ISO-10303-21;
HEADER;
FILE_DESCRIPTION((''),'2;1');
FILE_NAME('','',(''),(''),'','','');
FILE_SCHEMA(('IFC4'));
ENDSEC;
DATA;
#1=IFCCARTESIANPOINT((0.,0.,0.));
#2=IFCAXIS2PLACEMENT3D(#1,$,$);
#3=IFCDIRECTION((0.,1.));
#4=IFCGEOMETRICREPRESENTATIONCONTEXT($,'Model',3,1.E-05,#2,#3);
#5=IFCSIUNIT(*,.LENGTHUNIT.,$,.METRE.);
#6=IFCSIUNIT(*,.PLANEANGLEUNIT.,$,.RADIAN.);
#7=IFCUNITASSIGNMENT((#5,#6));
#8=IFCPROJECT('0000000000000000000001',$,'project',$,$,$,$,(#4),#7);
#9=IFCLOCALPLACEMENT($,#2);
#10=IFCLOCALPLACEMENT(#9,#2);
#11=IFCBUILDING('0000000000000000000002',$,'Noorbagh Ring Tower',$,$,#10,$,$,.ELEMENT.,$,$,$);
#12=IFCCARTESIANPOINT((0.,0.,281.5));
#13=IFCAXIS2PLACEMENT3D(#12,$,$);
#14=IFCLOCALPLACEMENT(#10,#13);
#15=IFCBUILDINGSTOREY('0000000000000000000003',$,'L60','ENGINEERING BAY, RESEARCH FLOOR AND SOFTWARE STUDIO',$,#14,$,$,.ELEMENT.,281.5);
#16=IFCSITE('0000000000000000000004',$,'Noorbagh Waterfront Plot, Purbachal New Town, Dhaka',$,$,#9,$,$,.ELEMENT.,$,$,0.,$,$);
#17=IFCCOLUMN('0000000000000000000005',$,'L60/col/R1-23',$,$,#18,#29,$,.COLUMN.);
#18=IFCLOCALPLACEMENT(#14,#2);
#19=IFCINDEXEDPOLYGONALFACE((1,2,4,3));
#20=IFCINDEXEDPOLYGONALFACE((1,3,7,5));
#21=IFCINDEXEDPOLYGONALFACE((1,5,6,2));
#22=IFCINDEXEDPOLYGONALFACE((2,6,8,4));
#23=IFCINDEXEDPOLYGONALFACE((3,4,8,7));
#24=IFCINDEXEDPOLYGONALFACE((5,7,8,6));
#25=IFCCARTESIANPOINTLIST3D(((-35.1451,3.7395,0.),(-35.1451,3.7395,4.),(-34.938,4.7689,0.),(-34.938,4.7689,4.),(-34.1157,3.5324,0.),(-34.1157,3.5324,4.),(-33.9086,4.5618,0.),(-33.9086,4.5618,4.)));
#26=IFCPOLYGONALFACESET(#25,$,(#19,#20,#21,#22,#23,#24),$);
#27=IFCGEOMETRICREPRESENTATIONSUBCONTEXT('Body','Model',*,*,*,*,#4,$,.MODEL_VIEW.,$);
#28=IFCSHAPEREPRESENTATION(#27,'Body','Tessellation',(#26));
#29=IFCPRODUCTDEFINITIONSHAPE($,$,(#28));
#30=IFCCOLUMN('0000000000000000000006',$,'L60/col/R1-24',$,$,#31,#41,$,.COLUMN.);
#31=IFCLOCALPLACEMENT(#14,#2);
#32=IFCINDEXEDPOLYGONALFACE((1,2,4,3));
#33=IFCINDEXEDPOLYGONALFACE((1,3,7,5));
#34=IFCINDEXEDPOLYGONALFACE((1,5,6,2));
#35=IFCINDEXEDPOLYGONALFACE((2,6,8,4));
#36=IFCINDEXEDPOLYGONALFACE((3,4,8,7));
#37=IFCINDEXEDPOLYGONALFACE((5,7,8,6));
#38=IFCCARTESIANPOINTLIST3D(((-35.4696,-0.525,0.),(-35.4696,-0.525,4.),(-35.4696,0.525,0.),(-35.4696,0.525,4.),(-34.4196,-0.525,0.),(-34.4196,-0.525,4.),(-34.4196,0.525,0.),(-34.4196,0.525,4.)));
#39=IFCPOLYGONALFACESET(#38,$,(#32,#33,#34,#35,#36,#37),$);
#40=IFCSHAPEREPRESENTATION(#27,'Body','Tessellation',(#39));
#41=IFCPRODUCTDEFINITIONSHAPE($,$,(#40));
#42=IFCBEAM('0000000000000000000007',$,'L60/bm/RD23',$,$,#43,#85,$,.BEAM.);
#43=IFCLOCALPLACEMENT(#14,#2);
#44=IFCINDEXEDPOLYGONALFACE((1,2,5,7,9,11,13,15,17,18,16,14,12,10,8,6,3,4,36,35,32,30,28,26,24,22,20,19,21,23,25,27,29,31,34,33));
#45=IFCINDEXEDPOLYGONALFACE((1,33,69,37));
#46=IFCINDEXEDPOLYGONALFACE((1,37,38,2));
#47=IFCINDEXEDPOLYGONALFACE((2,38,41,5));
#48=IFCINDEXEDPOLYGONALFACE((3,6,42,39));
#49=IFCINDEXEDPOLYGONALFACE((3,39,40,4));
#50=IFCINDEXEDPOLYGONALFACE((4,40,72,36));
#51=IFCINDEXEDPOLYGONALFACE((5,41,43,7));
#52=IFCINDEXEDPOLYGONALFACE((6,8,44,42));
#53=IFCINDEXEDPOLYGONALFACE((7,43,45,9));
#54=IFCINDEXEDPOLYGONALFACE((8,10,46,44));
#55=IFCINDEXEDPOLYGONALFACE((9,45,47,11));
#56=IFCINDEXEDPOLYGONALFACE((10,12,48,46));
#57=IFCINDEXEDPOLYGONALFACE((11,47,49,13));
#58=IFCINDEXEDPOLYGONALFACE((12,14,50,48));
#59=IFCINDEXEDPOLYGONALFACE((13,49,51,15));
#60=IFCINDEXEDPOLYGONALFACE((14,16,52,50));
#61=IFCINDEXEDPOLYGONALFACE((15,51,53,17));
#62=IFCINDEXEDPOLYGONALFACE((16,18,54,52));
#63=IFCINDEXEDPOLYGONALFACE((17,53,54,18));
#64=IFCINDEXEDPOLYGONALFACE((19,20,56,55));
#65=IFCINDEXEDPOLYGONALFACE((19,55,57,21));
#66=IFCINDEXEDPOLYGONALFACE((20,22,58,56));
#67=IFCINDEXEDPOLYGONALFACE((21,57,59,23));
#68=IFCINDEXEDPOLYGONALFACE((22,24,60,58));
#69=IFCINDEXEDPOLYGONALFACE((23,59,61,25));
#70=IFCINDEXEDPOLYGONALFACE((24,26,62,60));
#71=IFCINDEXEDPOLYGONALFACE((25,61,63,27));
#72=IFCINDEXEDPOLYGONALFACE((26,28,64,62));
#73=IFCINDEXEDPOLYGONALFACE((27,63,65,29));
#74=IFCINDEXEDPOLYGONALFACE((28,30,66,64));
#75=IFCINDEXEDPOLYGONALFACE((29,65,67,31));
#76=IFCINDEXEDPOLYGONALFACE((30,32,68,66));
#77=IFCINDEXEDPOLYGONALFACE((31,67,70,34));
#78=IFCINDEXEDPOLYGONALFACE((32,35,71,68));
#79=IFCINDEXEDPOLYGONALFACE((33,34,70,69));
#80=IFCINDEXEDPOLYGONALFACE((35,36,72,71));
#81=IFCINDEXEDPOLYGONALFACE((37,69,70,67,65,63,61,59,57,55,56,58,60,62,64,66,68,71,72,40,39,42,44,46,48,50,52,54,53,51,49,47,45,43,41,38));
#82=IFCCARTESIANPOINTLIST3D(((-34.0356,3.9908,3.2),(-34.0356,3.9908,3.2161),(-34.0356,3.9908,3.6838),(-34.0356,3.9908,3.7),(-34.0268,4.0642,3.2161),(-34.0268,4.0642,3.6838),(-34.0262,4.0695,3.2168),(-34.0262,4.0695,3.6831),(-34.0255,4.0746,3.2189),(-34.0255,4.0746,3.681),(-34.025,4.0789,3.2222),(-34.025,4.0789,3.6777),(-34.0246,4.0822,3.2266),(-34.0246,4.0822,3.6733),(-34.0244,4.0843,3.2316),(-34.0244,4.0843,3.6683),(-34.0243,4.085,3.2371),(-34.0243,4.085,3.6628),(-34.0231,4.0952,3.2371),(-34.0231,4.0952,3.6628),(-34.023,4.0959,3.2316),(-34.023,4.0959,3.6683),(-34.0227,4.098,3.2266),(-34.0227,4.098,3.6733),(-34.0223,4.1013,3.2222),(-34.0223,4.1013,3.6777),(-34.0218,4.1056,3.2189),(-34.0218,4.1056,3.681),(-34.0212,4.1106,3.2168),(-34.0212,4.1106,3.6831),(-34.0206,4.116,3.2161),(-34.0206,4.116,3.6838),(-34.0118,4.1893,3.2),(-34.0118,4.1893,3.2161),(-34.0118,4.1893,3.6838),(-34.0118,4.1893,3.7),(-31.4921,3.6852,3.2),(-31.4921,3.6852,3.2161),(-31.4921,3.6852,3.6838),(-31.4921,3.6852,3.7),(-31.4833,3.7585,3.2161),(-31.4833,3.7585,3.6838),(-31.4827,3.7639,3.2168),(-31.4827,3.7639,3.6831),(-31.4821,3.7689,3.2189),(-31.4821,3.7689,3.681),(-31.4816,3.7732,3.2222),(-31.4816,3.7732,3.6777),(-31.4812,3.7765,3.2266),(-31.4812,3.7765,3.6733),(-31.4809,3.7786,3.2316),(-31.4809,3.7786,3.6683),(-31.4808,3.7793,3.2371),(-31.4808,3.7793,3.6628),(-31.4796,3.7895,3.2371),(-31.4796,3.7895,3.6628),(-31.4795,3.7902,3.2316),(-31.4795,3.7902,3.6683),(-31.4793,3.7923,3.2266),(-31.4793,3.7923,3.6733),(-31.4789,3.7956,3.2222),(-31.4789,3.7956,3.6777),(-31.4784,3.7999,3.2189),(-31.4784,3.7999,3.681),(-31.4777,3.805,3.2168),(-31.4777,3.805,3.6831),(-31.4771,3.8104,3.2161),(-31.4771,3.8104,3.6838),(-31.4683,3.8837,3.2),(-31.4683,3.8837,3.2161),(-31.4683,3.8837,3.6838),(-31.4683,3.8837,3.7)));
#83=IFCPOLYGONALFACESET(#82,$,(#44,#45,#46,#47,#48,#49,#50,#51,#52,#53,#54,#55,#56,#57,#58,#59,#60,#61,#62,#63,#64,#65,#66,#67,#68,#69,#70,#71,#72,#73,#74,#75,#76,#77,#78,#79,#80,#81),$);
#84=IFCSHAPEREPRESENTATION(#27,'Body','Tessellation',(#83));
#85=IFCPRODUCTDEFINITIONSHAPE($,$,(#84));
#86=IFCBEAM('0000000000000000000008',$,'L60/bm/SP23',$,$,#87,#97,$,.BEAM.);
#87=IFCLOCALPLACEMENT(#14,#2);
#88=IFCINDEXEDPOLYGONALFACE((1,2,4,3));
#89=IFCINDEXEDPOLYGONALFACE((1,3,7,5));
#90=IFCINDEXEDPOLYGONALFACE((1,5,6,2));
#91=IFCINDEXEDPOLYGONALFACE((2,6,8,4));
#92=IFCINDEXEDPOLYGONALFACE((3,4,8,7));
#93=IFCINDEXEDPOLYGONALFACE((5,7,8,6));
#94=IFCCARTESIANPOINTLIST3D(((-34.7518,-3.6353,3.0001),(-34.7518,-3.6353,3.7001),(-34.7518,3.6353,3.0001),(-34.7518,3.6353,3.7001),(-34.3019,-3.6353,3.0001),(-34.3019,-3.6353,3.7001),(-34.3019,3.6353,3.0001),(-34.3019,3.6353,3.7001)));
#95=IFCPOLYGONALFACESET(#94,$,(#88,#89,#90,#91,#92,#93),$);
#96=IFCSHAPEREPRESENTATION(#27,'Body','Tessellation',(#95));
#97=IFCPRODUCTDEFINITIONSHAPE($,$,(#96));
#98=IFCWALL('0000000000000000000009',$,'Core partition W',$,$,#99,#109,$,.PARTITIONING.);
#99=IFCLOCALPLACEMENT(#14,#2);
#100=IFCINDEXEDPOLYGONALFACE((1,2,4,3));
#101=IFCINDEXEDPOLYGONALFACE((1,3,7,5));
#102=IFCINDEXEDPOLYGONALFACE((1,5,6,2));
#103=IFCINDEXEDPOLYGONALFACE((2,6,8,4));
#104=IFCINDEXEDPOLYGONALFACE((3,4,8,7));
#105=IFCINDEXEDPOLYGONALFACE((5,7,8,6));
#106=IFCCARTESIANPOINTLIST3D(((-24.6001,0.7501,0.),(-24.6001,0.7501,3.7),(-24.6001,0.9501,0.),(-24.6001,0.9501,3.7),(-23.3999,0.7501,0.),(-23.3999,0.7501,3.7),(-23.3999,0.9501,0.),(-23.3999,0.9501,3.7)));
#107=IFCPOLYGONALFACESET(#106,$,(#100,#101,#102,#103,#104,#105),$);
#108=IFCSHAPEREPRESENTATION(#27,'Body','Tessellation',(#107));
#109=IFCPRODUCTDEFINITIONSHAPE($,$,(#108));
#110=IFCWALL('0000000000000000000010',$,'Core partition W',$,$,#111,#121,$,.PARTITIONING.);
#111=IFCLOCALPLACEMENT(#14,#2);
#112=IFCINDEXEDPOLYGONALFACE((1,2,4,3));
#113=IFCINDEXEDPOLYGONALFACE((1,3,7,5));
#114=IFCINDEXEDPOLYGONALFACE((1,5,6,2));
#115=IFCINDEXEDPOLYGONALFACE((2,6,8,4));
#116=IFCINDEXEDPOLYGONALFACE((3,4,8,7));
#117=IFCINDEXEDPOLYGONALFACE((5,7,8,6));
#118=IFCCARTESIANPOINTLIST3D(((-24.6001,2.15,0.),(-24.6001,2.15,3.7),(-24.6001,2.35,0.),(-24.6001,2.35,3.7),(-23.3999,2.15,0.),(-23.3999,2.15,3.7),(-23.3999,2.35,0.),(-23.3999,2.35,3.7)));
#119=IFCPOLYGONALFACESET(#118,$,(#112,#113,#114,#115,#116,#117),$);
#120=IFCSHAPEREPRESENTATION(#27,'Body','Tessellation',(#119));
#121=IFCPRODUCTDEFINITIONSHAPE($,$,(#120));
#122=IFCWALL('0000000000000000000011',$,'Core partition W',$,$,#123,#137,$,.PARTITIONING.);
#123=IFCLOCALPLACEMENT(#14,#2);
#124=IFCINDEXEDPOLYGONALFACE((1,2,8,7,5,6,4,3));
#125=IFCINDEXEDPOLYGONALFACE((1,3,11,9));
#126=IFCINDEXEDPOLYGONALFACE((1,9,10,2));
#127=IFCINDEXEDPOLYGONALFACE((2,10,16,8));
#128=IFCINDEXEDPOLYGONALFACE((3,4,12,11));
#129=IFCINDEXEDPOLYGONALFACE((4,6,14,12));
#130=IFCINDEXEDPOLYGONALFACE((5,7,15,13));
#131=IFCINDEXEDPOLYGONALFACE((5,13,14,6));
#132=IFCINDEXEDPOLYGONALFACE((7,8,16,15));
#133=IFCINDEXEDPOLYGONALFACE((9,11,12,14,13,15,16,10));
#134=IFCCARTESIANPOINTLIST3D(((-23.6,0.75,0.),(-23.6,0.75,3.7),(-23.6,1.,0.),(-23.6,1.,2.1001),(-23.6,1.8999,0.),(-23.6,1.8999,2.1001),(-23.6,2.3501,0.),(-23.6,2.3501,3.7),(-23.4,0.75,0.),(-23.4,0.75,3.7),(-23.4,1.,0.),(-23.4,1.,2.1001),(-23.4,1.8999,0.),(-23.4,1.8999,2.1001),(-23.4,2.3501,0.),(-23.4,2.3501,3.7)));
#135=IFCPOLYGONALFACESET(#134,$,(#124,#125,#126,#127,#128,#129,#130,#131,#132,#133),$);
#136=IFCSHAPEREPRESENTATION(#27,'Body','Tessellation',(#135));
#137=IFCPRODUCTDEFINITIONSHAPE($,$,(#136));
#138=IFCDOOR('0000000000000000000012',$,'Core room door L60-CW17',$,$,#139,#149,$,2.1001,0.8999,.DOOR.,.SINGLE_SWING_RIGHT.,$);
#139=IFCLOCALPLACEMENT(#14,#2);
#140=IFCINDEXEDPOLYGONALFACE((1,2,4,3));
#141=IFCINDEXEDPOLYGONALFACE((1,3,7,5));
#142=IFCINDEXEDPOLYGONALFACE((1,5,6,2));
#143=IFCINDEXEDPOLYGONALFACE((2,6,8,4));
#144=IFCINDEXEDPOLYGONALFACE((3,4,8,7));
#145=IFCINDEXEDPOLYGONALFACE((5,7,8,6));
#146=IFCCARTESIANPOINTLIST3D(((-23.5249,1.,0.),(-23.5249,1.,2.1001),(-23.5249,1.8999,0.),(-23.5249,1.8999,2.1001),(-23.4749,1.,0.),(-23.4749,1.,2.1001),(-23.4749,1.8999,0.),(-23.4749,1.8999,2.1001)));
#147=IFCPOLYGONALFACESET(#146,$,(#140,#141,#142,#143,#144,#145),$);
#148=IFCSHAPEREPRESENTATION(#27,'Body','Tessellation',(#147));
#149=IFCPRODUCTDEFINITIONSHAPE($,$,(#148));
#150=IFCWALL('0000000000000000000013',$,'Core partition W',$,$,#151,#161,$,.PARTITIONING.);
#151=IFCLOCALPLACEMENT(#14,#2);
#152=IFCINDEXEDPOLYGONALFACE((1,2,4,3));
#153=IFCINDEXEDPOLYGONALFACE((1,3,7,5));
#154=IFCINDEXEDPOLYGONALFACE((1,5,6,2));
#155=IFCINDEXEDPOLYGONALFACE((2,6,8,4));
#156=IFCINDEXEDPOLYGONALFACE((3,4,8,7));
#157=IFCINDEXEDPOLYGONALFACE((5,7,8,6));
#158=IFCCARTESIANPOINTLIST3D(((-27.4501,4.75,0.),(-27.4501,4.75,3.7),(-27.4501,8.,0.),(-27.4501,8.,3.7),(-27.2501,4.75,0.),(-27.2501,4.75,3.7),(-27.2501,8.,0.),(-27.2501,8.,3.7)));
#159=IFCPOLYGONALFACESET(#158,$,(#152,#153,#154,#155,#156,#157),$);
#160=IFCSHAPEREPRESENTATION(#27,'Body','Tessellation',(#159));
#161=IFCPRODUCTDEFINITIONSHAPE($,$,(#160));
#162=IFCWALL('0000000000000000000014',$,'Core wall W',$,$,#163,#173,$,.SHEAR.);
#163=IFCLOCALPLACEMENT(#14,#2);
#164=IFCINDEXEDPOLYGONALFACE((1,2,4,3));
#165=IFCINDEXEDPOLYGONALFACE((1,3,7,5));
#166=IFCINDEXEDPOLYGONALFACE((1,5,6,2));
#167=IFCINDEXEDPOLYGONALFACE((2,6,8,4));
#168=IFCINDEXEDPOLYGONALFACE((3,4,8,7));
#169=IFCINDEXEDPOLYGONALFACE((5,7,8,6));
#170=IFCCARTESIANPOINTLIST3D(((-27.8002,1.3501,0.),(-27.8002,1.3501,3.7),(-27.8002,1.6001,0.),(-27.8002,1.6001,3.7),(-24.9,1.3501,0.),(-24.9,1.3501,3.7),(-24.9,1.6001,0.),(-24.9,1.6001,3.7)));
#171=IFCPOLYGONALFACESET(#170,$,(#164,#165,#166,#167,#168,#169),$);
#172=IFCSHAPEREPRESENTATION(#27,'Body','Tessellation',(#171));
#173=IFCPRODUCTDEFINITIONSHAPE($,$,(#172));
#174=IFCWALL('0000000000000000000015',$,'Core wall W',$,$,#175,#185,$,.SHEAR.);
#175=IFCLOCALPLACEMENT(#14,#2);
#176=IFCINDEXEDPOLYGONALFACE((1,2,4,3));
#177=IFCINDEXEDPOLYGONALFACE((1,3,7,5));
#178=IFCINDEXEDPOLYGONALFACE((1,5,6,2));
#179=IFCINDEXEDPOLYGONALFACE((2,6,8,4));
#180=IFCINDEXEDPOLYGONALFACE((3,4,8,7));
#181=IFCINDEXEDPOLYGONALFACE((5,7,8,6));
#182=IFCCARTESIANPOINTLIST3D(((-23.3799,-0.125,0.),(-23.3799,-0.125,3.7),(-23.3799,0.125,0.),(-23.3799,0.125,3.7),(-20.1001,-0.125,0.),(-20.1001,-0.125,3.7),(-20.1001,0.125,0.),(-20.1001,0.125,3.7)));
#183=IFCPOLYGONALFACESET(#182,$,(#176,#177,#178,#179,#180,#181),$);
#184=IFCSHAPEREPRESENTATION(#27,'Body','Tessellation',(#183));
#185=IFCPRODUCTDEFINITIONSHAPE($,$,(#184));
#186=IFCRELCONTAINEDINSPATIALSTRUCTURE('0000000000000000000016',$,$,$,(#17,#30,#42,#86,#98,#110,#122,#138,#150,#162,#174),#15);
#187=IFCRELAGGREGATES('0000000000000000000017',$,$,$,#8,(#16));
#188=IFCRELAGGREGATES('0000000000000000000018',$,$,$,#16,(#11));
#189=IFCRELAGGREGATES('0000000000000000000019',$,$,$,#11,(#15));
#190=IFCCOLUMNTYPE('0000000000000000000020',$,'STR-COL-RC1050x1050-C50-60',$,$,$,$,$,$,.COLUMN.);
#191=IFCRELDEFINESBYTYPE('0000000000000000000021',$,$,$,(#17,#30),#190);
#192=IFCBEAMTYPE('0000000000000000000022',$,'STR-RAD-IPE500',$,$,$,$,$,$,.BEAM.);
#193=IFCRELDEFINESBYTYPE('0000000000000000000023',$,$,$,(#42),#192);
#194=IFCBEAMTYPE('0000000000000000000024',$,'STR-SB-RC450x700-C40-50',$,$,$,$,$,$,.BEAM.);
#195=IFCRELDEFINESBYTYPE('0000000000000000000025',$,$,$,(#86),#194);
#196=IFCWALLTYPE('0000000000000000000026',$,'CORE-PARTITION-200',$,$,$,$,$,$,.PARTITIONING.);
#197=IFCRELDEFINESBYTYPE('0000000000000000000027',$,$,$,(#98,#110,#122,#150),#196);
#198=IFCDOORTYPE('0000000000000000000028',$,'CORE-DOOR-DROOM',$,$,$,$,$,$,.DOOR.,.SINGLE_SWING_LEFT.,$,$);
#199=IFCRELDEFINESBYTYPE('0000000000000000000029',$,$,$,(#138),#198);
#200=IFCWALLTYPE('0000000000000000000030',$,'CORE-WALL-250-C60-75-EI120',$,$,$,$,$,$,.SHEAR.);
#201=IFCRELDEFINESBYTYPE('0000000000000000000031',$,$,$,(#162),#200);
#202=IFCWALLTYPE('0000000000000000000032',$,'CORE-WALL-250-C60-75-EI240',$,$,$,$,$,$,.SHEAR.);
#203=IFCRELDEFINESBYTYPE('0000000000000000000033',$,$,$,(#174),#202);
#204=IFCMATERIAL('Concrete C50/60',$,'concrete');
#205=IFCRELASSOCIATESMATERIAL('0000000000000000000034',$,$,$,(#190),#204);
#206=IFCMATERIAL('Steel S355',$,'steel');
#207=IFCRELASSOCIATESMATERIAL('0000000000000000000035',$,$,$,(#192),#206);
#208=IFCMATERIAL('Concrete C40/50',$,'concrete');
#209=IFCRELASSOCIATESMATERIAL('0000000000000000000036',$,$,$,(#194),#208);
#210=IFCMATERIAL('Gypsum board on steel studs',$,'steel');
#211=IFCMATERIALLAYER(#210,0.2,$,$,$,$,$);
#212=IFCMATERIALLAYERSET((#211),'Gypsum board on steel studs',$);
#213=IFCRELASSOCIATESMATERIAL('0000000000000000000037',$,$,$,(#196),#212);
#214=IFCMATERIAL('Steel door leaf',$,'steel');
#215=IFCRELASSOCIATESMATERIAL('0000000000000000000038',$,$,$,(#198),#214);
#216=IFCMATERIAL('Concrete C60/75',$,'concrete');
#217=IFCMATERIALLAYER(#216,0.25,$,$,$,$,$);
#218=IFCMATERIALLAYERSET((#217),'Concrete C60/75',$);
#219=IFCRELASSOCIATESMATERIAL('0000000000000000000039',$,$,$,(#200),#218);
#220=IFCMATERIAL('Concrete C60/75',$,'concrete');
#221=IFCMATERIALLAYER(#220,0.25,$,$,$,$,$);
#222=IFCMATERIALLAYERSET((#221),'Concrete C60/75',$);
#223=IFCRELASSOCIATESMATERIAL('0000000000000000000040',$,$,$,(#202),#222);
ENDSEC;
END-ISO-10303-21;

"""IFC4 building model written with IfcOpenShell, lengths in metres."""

from ifc_helpers import new_model, si_unit, direction, frame, frame_2d, origin, origin_2d, place, context, subcontext, project, spatial, rectangle, i_section, extrude, material, layer, layer_set, material_profile, profile_set, type_object, element, fill, save


model = new_model("IFC4")

# Units and contexts
model_context = context("Model", 3, precision=1e-05, world=origin(), true_north=direction((0.0, 1.0)))
body_context = subcontext(model_context, "Body", "Model", "MODEL_VIEW")
ifc_project = project(units=[si_unit("LENGTHUNIT", "METRE"), si_unit("PLANEANGLEUNIT", "RADIAN")], contexts=[model_context])

# Site, building, storey
site_placement = place(None, origin())
site = spatial("IfcSite", under=ifc_project, at=site_placement, Name="Noorbagh Waterfront Plot, Purbachal New Town, Dhaka", CompositionType="ELEMENT", RefElevation=0.0)
building_placement = place(site_placement, origin())
building = spatial("IfcBuilding", under=site, at=building_placement, Name="Noorbagh Ring Tower", CompositionType="ELEMENT")
storey_placement = place(building_placement, frame((0.0, 0.0, 281.5)))
storey = spatial("IfcBuildingStorey", under=building, at=storey_placement, Name="L60", Description="ENGINEERING BAY, RESEARCH FLOOR AND SOFTWARE STUDIO", CompositionType="ELEMENT", Elevation=281.5)

# Columns
ifc_material_1 = material(Name="Concrete C50/60", Category="concrete")
ifc_material_profile_1 = material_profile(ifc_material_1, rectangle(XDim=1.05, YDim=1.05, at=origin_2d()), Name="RC1050x1050")
ifc_profile_set_1 = profile_set([ifc_material_profile_1], Name="Concrete C50/60")
column_type = type_object("IfcColumnType", Name="STR-COL-RC1050x1050-C50-60", PredefinedType="COLUMN", material=ifc_profile_set_1)
for number, where, z_axis, x_axis, name in (
    (1, (-34.5269, 4.1506, 0.0), (0.0, 0.0, 1.0), (-0.19723, -0.980357, 0.0), "L60/col/R1-23"),
    (2, (-34.9446, 0.0, 0.0), (0.0, 0.0, 1.0), (0.0, -1.0, 0.0), "L60/col/R1-24"),
):
    element("IfcColumn", number, at=place(storey_placement, frame(where, z_axis=z_axis, x_axis=x_axis)), inside=storey, type_object=column_type, Name=name, PredefinedType="COLUMN", context=body_context, shape_type="SweptSolid", body=[
        extrude(rectangle(XDim=1.05, YDim=1.05, at=origin_2d()), origin(), (0.0, 0.0, 1.0), 4.0),
    ])

# Beams
ifc_material_2 = material(Name="Steel S355", Category="steel")
ifc_material_profile_2 = material_profile(ifc_material_2, i_section(OverallWidth=0.2, OverallDepth=0.5, WebThickness=0.0103, FlangeThickness=0.0161, FilletRadius=0.021, at=origin_2d()), Name="IPE500")
ifc_profile_set_2 = profile_set([ifc_material_profile_2], Name="Steel S355")
beam_type_1 = type_object("IfcBeamType", Name="STR-RAD-IPE500", PredefinedType="BEAM", material=ifc_profile_set_2)
beam_1_placement = place(storey_placement, frame((-34.0237, 4.0901, 3.45), z_axis=(0.992856, -0.119318, 0.0), x_axis=(0.119318, 0.992856, 0.0)))
element("IfcBeam", 3, at=beam_1_placement, inside=storey, type_object=beam_type_1, Name="L60/bm/RD23", PredefinedType="BEAM", context=body_context, shape_type="SweptSolid", body=[
    extrude(i_section(OverallWidth=0.2, OverallDepth=0.5, WebThickness=0.0103, FlangeThickness=0.0161, FilletRadius=0.021, at=origin_2d()), origin(), (0.0, 0.0, 1.0), 2.5618),
])
ifc_material_3 = material(Name="Concrete C40/50", Category="concrete")
ifc_material_profile_3 = material_profile(ifc_material_3, rectangle(XDim=0.45, YDim=0.7, at=origin_2d()), Name="RC450x700")
ifc_profile_set_3 = profile_set([ifc_material_profile_3], Name="Concrete C40/50")
beam_type_2 = type_object("IfcBeamType", Name="STR-SB-RC450x700-C40-50", PredefinedType="BEAM", material=ifc_profile_set_3)
beam_2_placement = place(storey_placement, frame((-34.5269, 3.6353, 3.3501), z_axis=(0.0, -1.0, 0.0), x_axis=(1.0, 0.0, 0.0)))
element("IfcBeam", 4, at=beam_2_placement, inside=storey, type_object=beam_type_2, Name="L60/bm/SP23", PredefinedType="BEAM", context=body_context, shape_type="SweptSolid", body=[
    extrude(rectangle(XDim=0.45, YDim=0.7, at=origin_2d()), origin(), (0.0, 0.0, 1.0), 7.2705),
])

# Walls
ifc_material_4 = material(Name="Gypsum board on steel studs", Category="steel")
ifc_layer_1 = layer(ifc_material_4, 0.2)
ifc_layer_set_1 = layer_set([ifc_layer_1], Name="Gypsum board on steel studs")
wall_type_1 = type_object("IfcWallType", Name="CORE-PARTITION-200", PredefinedType="PARTITIONING", material=ifc_layer_set_1)
for number, where, z_axis, x_axis, name in (
    (5, (-23.3999, 0.8501, 0.0), (0.0, 0.0, 1.0), (-1.0, 0.0, 0.0), "Core partition W"),
    (6, (-23.3999, 2.25, 0.0), (0.0, 0.0, 1.0), (-1.0, 0.0, 0.0), "Core partition W"),
):
    element("IfcWall", number, at=place(storey_placement, frame(where, z_axis=z_axis, x_axis=x_axis)), inside=storey, type_object=wall_type_1, Name=name, PredefinedType="PARTITIONING", context=body_context, shape_type="SweptSolid", body=[
        extrude(rectangle(XDim=1.2002, YDim=0.2, at=frame_2d((0.6001, 0.0))), origin(), (0.0, 0.0, 1.0), 3.7),
    ])

# Wall, opening, door
wall_1_placement = place(storey_placement, frame((-23.5, 0.75, 0.0), z_axis=(0.0, 0.0, 1.0), x_axis=(0.0, 1.0, 0.0)))
wall_1 = element("IfcWall", 7, at=wall_1_placement, inside=storey, type_object=wall_type_1, Name="Core partition W", PredefinedType="PARTITIONING", context=body_context, shape_type="SweptSolid", body=[
    extrude(rectangle(XDim=1.6001, YDim=0.2, at=frame_2d((0.8, 0.0))), origin(), (0.0, 0.0, 1.0), 3.7),
])
opening_1_placement = place(wall_1_placement, frame((0.25, 0.0, 0.0)))
opening_1 = element("IfcOpeningElement", 8, at=opening_1_placement, cuts=wall_1, PredefinedType="OPENING", context=body_context, shape_type="SweptSolid", body=[
    extrude(rectangle(XDim=0.8999, YDim=2.1001, at=frame_2d((0.45, 1.05))), frame((0.0, 0.1099, 0.0), z_axis=(0.0, -1.0, 0.0), x_axis=(1.0, 0.0, 0.0)), (0.0, 0.0, 1.0), 0.22),
])
ifc_material_5 = material(Name="Steel door leaf", Category="steel")
door_type_1 = type_object("IfcDoorType", Name="CORE-DOOR-DROOM", OperationType="SINGLE_SWING_LEFT", PredefinedType="DOOR", material=ifc_material_5)
door_1_placement = place(opening_1_placement, origin())
door_1 = element("IfcDoor", 9, at=door_1_placement, inside=storey, type_object=door_type_1, Name="Core room door L60-CW17", OperationType="SINGLE_SWING_RIGHT", OverallHeight=2.1001, OverallWidth=0.8999, PredefinedType="DOOR", context=body_context, shape_type="SweptSolid", body=[
    extrude(rectangle(XDim=0.8999, YDim=2.1001, at=frame_2d((0.45, 1.05))), frame((0.0, 0.0249, 0.0), z_axis=(0.0, -1.0, 0.0), x_axis=(1.0, 0.0, 0.0)), (0.0, 0.0, 1.0), 0.05),
])
fill(opening_1, door_1)

# Walls
wall_2_placement = place(storey_placement, frame((-27.3501, 4.75, 0.0), z_axis=(0.0, 0.0, 1.0), x_axis=(0.0, 1.0, 0.0)))
element("IfcWall", 10, at=wall_2_placement, inside=storey, type_object=wall_type_1, Name="Core partition W", PredefinedType="PARTITIONING", context=body_context, shape_type="SweptSolid", body=[
    extrude(rectangle(XDim=3.25, YDim=0.2, at=frame_2d((1.625, 0.0))), origin(), (0.0, 0.0, 1.0), 3.7),
])
ifc_material_6 = material(Name="Concrete C60/75", Category="concrete")
ifc_layer_2 = layer(ifc_material_6, 0.25)
ifc_layer_set_2 = layer_set([ifc_layer_2], Name="Concrete C60/75")
wall_type_2 = type_object("IfcWallType", Name="CORE-WALL-250-C60-75-EI120", PredefinedType="SHEAR", material=ifc_layer_set_2)
wall_3_placement = place(storey_placement, frame((-24.8999, 1.4751, 0.0), z_axis=(0.0, 0.0, 1.0), x_axis=(-1.0, 0.0, 0.0)))
element("IfcWall", 11, at=wall_3_placement, inside=storey, type_object=wall_type_2, Name="Core wall W", PredefinedType="SHEAR", context=body_context, shape_type="SweptSolid", body=[
    extrude(rectangle(XDim=2.9001, YDim=0.25, at=frame_2d((1.4502, 0.0))), origin(), (0.0, 0.0, 1.0), 3.7),
])
ifc_material_7 = material(Name="Concrete C60/75", Category="concrete")
ifc_layer_3 = layer(ifc_material_7, 0.25)
ifc_layer_set_3 = layer_set([ifc_layer_3], Name="Concrete C60/75")
wall_type_3 = type_object("IfcWallType", Name="CORE-WALL-250-C60-75-EI240", PredefinedType="SHEAR", material=ifc_layer_set_3)
wall_4_placement = place(storey_placement, frame((-20.1001, 0.0, 0.0), z_axis=(0.0, 0.0, 1.0), x_axis=(-1.0, 0.0, 0.0)))
element("IfcWall", 12, at=wall_4_placement, inside=storey, type_object=wall_type_3, Name="Core wall W", PredefinedType="SHEAR", context=body_context, shape_type="SweptSolid", body=[
    extrude(rectangle(XDim=3.2798, YDim=0.25, at=frame_2d((1.6399, 0.0))), origin(), (0.0, 0.0, 1.0), 3.7),
])

save(model, "model.ifc")
